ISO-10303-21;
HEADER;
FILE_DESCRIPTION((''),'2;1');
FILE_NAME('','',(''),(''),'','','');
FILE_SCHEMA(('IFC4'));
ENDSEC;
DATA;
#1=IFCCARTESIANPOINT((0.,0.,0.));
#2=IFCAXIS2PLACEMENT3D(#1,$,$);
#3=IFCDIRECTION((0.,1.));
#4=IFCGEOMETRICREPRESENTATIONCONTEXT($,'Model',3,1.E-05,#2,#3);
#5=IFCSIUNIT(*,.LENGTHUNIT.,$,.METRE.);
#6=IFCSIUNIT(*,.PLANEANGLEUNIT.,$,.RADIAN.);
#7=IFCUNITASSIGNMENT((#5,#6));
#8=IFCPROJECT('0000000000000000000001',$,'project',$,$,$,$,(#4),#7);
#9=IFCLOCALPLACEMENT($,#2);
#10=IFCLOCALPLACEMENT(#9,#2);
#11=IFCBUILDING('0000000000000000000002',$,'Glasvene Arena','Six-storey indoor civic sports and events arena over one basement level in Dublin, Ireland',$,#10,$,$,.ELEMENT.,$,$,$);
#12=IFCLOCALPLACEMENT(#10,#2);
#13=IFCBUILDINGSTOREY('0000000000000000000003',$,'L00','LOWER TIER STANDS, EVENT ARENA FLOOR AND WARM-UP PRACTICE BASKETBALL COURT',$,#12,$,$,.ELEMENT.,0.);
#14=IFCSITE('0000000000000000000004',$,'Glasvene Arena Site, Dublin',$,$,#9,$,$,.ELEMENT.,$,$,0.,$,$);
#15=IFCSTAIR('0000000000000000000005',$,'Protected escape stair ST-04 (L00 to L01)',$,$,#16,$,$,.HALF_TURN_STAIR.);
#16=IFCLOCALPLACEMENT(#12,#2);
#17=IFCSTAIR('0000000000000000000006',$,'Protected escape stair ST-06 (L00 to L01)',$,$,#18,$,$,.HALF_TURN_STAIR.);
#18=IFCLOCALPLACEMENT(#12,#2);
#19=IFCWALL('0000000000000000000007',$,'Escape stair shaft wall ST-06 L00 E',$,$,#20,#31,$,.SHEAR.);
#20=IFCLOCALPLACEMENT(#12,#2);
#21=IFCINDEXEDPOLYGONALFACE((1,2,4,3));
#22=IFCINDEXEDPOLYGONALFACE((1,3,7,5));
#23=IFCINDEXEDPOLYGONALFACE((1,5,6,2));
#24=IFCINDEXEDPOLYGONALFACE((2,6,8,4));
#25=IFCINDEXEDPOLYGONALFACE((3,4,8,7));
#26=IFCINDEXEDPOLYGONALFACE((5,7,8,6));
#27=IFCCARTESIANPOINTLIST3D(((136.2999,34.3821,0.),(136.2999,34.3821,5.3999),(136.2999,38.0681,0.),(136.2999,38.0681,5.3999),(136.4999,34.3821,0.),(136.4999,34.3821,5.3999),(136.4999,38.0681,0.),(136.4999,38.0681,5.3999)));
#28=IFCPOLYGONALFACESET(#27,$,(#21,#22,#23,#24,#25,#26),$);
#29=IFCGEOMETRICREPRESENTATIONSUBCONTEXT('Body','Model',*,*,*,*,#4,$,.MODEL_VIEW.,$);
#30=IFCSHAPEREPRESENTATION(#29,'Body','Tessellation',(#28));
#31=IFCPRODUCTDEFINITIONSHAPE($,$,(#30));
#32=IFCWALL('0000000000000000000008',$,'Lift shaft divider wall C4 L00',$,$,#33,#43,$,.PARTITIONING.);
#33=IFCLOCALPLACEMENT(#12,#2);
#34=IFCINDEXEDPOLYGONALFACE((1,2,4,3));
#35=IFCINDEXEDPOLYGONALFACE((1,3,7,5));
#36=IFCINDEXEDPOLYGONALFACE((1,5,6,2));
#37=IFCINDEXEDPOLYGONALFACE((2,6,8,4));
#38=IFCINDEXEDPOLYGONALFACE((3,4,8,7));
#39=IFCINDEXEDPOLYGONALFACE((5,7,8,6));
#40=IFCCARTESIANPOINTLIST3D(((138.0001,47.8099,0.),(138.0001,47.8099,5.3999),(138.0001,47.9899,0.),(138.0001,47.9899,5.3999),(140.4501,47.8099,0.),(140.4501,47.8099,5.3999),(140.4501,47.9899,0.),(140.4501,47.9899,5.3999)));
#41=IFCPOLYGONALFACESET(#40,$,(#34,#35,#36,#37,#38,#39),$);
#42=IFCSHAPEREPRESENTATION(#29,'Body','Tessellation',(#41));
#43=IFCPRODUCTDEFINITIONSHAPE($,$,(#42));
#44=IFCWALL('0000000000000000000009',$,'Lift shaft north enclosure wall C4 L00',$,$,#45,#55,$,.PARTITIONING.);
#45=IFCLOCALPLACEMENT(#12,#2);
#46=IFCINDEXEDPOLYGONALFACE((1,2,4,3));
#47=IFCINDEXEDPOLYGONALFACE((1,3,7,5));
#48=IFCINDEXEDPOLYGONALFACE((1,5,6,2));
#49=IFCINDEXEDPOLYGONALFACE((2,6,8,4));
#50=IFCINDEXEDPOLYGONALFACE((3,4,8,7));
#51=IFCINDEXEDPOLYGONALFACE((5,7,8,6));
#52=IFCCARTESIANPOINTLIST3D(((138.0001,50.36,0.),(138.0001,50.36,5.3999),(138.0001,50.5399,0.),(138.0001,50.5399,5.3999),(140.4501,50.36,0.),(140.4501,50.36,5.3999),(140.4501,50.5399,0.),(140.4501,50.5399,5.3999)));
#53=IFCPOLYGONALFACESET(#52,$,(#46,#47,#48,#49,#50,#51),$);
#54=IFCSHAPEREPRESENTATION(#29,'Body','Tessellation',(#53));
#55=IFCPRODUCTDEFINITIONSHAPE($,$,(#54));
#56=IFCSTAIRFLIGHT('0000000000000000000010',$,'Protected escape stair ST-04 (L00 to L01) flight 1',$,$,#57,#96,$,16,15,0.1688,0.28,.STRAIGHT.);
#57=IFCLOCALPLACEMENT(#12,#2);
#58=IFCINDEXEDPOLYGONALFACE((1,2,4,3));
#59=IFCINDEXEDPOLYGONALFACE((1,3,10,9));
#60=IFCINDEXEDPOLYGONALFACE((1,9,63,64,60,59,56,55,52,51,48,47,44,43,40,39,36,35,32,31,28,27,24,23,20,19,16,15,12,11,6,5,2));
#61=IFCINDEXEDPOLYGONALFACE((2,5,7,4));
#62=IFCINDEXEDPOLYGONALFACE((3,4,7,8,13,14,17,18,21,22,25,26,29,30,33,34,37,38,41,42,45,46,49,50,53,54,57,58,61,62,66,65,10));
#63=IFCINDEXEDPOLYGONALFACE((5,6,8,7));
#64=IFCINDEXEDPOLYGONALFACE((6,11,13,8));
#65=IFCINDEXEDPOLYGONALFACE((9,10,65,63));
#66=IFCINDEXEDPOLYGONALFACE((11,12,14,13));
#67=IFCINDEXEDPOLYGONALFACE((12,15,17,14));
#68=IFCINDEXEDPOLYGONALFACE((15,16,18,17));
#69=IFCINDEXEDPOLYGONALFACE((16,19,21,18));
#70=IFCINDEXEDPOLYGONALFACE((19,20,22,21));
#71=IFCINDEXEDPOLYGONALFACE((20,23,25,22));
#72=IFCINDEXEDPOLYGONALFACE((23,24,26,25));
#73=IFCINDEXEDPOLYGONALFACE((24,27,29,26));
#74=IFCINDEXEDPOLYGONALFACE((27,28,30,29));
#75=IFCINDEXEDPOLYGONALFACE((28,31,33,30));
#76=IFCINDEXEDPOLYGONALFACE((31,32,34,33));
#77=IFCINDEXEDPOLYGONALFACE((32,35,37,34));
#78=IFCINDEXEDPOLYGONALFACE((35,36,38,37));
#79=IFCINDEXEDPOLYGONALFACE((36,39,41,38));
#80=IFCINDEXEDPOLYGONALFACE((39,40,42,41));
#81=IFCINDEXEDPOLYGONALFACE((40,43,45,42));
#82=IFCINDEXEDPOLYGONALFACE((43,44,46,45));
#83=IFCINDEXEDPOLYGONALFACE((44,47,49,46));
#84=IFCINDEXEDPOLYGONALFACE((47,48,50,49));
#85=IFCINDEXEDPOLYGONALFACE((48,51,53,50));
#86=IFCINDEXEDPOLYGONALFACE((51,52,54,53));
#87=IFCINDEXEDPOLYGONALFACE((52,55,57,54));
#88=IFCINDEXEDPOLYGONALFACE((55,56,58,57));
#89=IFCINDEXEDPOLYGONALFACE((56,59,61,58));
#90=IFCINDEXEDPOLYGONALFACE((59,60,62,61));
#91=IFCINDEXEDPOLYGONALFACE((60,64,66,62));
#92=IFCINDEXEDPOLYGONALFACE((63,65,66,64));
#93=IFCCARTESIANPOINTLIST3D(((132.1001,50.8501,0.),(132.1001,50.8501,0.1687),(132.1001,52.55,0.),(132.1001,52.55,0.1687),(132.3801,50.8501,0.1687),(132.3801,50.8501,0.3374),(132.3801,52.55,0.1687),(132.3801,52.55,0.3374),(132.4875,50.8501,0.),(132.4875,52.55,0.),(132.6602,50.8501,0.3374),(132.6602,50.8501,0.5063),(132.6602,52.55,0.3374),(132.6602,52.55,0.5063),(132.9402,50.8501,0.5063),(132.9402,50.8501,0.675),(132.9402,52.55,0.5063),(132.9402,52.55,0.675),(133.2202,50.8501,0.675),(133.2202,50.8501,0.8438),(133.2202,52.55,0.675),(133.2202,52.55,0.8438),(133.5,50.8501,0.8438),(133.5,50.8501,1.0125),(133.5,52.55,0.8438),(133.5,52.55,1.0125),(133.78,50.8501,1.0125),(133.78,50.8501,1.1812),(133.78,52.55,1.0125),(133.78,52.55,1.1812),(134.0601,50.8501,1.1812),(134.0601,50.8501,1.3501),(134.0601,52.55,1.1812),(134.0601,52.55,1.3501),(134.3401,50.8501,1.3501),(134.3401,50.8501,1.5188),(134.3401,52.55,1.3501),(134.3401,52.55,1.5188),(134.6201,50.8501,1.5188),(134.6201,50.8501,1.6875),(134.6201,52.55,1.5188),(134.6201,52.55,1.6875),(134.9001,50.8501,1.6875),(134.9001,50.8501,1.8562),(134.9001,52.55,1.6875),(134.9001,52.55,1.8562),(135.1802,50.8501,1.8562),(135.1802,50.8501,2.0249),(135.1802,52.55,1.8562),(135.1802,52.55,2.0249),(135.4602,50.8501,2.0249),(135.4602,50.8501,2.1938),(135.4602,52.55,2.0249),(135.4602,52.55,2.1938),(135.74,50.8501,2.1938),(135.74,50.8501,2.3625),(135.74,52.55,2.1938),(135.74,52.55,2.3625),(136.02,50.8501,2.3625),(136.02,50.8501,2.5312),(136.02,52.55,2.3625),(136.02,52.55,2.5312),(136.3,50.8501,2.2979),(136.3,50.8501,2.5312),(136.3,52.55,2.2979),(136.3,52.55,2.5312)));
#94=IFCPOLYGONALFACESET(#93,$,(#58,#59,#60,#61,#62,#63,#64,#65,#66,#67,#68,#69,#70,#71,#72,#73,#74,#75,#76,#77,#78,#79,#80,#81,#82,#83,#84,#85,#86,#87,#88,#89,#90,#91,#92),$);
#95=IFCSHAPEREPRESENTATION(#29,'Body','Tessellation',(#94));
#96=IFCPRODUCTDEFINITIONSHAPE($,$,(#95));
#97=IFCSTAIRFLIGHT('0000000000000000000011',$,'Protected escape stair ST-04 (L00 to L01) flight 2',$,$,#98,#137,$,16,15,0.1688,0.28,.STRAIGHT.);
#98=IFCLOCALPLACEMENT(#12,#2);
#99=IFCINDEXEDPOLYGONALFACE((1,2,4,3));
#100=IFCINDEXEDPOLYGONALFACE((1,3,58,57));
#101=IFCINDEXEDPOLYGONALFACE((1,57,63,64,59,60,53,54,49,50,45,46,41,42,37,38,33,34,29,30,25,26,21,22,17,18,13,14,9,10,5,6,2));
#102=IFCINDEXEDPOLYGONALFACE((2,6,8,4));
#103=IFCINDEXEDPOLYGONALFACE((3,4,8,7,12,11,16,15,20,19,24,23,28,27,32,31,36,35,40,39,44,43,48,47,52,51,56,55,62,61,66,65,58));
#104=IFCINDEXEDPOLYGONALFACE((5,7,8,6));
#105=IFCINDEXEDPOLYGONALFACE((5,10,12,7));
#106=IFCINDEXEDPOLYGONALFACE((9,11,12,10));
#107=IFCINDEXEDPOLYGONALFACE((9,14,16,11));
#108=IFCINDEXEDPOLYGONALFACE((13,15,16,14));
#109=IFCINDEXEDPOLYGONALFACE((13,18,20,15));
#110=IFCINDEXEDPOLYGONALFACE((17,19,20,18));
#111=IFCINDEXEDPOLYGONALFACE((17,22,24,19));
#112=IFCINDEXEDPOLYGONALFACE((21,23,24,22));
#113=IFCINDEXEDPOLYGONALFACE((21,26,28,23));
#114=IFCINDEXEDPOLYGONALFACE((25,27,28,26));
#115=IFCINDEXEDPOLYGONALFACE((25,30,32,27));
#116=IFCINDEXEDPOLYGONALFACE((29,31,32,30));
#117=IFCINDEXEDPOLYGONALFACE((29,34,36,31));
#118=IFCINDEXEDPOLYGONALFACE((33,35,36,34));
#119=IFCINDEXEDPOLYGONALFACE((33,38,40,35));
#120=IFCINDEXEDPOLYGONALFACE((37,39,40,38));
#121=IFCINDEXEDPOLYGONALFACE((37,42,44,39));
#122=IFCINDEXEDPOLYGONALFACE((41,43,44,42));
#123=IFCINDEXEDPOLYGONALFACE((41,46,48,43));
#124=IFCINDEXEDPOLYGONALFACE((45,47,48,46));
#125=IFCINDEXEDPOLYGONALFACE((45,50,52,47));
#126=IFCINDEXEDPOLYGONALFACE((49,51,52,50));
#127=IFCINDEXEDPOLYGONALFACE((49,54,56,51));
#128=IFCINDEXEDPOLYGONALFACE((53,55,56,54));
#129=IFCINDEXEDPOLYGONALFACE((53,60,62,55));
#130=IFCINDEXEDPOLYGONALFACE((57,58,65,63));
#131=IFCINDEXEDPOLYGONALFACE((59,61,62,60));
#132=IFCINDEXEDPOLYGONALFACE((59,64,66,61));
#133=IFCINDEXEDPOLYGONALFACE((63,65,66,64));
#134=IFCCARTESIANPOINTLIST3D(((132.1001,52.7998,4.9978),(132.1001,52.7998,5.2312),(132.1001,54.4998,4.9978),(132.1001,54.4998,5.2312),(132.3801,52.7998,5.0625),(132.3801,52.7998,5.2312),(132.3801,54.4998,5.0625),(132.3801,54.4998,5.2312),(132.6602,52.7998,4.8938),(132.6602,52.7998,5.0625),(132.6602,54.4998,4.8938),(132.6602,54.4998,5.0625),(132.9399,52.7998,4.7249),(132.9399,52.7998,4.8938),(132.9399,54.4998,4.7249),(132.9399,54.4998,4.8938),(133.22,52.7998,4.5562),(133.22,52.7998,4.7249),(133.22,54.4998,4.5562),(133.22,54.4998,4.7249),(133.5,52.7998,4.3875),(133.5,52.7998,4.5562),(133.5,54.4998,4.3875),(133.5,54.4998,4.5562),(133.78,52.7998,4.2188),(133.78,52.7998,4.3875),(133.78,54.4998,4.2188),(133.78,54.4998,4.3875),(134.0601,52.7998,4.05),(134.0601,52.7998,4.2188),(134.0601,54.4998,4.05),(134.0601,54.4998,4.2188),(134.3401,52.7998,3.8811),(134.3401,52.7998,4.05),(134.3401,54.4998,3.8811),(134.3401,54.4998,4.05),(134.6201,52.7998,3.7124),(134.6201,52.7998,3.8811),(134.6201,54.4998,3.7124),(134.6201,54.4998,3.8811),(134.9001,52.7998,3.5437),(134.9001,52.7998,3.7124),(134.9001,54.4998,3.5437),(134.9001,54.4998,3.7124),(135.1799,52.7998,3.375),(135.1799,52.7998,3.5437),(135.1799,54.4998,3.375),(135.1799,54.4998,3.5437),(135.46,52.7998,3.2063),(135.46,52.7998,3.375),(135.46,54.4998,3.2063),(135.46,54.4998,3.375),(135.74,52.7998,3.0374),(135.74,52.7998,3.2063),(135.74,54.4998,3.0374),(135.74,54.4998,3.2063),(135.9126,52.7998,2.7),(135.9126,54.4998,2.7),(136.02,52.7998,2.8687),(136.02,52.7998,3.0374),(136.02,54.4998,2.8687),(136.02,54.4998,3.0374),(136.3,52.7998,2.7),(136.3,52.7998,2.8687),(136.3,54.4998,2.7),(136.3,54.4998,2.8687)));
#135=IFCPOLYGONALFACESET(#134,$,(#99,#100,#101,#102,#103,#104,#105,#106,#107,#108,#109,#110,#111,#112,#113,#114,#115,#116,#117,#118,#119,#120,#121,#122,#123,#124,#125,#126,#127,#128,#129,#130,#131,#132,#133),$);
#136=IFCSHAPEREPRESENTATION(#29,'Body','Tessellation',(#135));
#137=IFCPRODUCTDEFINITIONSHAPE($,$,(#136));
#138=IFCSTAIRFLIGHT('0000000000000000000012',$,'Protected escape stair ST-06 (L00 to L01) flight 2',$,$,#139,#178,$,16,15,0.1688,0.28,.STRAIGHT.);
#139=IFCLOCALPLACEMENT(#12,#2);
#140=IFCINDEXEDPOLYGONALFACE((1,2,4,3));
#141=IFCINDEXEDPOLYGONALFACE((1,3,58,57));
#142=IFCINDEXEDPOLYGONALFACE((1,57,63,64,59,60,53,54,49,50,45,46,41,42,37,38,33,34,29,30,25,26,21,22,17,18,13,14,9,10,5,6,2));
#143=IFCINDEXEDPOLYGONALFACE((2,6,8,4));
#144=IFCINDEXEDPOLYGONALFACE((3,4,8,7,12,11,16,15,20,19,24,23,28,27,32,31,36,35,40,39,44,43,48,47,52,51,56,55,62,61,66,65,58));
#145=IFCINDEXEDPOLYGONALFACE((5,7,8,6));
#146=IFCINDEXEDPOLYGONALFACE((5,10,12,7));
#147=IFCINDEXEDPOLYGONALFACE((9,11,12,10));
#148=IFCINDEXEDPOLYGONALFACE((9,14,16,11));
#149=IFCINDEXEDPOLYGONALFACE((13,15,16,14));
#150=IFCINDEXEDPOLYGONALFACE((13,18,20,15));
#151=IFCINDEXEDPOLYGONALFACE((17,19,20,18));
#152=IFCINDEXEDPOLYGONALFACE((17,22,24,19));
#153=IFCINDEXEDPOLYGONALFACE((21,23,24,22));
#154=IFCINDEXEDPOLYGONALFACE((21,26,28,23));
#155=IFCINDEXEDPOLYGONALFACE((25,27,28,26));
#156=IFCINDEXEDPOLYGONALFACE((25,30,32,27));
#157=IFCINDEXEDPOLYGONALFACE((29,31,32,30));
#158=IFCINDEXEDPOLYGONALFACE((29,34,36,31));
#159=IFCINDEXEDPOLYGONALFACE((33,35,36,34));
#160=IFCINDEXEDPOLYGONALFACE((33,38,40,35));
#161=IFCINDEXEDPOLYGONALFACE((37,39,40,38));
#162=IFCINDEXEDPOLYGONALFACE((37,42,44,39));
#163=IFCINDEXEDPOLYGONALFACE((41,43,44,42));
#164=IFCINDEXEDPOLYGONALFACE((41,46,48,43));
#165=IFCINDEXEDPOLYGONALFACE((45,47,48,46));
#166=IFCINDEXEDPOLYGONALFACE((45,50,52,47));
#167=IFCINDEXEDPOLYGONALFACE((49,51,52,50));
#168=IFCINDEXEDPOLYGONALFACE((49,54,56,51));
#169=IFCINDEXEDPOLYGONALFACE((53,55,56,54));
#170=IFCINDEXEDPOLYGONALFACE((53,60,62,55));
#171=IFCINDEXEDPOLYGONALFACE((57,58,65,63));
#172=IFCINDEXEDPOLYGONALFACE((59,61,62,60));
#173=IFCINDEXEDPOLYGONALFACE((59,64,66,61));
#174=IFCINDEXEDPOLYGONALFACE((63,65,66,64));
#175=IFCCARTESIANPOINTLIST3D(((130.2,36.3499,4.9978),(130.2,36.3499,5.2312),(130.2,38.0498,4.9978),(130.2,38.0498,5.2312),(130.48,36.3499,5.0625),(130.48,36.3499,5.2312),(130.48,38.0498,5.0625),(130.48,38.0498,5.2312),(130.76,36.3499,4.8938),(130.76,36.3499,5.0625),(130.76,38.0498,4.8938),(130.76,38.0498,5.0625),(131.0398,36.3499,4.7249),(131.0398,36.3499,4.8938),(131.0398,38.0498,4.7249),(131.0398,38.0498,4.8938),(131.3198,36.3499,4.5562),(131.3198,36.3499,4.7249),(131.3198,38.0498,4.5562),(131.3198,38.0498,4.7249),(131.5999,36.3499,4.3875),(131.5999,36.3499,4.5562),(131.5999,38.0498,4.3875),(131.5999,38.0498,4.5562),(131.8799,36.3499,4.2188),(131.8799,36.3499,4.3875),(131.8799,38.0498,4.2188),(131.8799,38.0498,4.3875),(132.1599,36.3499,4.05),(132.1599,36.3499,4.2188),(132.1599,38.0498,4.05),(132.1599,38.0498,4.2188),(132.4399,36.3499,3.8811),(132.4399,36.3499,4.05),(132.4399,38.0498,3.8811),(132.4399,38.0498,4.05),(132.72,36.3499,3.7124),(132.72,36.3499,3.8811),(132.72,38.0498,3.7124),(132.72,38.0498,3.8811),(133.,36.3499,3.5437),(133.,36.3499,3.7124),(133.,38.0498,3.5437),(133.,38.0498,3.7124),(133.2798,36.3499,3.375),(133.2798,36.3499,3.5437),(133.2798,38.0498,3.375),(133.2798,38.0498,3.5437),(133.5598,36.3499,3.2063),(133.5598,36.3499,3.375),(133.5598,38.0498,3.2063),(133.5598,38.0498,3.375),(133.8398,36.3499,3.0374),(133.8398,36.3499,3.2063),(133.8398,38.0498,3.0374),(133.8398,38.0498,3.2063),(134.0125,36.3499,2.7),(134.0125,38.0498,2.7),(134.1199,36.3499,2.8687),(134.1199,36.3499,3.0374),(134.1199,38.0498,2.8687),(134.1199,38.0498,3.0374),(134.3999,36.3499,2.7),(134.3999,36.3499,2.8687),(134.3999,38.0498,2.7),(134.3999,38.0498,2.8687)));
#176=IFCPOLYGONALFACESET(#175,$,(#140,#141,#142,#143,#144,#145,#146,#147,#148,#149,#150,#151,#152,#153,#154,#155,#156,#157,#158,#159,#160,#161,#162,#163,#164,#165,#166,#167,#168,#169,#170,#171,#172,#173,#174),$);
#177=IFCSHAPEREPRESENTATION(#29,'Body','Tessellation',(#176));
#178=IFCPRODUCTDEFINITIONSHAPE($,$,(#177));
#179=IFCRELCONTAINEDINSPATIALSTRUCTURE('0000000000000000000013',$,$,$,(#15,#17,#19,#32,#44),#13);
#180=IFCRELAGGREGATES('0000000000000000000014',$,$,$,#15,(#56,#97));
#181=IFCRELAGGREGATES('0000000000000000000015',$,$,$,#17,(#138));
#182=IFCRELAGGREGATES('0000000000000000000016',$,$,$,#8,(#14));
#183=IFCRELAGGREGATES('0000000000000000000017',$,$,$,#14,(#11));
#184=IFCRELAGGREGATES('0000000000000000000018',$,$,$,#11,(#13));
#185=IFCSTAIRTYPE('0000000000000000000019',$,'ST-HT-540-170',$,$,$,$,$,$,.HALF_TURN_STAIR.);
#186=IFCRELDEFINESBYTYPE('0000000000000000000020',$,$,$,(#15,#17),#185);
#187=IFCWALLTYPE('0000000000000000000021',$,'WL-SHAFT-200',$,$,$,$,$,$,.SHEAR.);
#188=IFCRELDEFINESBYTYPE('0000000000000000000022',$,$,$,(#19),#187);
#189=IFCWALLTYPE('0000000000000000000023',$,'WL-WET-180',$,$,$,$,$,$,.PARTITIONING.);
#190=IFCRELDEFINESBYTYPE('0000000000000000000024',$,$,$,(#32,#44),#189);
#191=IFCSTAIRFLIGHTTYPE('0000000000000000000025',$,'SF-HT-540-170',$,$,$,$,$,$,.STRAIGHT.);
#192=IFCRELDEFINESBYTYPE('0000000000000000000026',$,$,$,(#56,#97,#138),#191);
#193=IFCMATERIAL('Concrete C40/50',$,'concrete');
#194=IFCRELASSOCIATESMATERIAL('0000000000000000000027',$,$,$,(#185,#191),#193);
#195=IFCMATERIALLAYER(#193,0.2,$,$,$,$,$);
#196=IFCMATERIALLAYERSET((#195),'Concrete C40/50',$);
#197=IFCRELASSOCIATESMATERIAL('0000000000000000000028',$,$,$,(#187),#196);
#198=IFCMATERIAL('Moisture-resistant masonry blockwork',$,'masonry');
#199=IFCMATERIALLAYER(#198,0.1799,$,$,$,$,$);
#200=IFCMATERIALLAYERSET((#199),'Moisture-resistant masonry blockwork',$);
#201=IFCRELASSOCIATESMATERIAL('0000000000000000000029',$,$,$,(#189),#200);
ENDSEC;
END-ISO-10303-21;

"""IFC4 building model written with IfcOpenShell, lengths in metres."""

from ifc_helpers import new_model, si_unit, direction, frame, frame_2d, origin, place, context, subcontext, project, spatial, polyline, rectangle, outline, extrude, material, layer, layer_set, type_object, element, aggregate, save


model = new_model("IFC4")

# Units and contexts
model_context = context("Model", 3, precision=1e-05, world=origin(), true_north=direction((0.0, 1.0)))
body_context = subcontext(model_context, "Body", "Model", "MODEL_VIEW")
ifc_project = project(units=[si_unit("LENGTHUNIT", "METRE"), si_unit("PLANEANGLEUNIT", "RADIAN")], contexts=[model_context])

# Site, building, storey
site_placement = place(None, origin())
site = spatial("IfcSite", under=ifc_project, at=site_placement, Name="Glasvene Arena Site, Dublin", CompositionType="ELEMENT", RefElevation=0.0)
building_placement = place(site_placement, origin())
building = spatial("IfcBuilding", under=site, at=building_placement, Name="Glasvene Arena", Description="Six-storey indoor civic sports and events arena over one basement level in Dublin, Ireland", CompositionType="ELEMENT")
storey_placement = place(building_placement, origin())
storey = spatial("IfcBuildingStorey", under=building, at=storey_placement, Name="L00", Description="LOWER TIER STANDS, EVENT ARENA FLOOR AND WARM-UP PRACTICE BASKETBALL COURT", CompositionType="ELEMENT", Elevation=0.0)

# Shared definitions
ifc_material_1 = material(Name="Concrete C40/50", Category="concrete")

# Stairs
stair_type_1 = type_object("IfcStairType", Name="ST-HT-540-170", PredefinedType="HALF_TURN_STAIR", material=ifc_material_1)
stair_1_placement = place(storey_placement, origin())
stair_1 = element("IfcStair", 1, at=stair_1_placement, inside=storey, type_object=stair_type_1, Name="Protected escape stair ST-04 (L00 to L01)", PredefinedType="HALF_TURN_STAIR")
stair_2_placement = place(storey_placement, origin())
stair_2 = element("IfcStair", 2, at=stair_2_placement, inside=storey, type_object=stair_type_1, Name="Protected escape stair ST-06 (L00 to L01)", PredefinedType="HALF_TURN_STAIR")

# Shared definitions
ifc_layer_1 = layer(ifc_material_1, 0.2)
ifc_layer_set_1 = layer_set([ifc_layer_1], Name="Concrete C40/50")
wall_type_1 = type_object("IfcWallType", Name="WL-SHAFT-200", PredefinedType="SHEAR", material=ifc_layer_set_1)

# Walls
wall_1_placement = place(storey_placement, frame((136.3999, 34.3821, 0.0), z_axis=(0.0, 0.0, 1.0), x_axis=(0.0, 1.0, 0.0)))
element("IfcWall", 3, at=wall_1_placement, inside=storey, type_object=wall_type_1, Name="Escape stair shaft wall ST-06 L00 E", PredefinedType="SHEAR", context=body_context, shape_type="SweptSolid", body=[
    extrude(rectangle(XDim=3.686, YDim=0.2, at=frame_2d((1.843, 0.0))), origin(), (0.0, 0.0, 1.0), 5.3999),
])
ifc_material_2 = material(Name="Moisture-resistant masonry blockwork", Category="masonry")
ifc_layer_2 = layer(ifc_material_2, 0.1799)
ifc_layer_set_2 = layer_set([ifc_layer_2], Name="Moisture-resistant masonry blockwork")
wall_type_2 = type_object("IfcWallType", Name="WL-WET-180", PredefinedType="PARTITIONING", material=ifc_layer_set_2)
for number, where, z_axis, x_axis, name in (
    (4, (138.0, 47.8999, 0.0), (0.0, 0.0, 1.0), (1.0, 0.0, 0.0), "Lift shaft divider wall C4 L00"),
    (5, (138.0, 50.45, 0.0), (0.0, 0.0, 1.0), (1.0, 0.0, 0.0), "Lift shaft north enclosure wall C4 L00"),
):
    element("IfcWall", number, at=place(storey_placement, frame(where, z_axis=z_axis, x_axis=x_axis)), inside=storey, type_object=wall_type_2, Name=name, PredefinedType="PARTITIONING", context=body_context, shape_type="SweptSolid", body=[
        extrude(rectangle(XDim=2.45, YDim=0.1799, at=frame_2d((1.2251, 0.0))), origin(), (0.0, 0.0, 1.0), 5.3999),
    ])

# Stair flights
stair_flight_type_1 = type_object("IfcStairFlightType", Name="SF-HT-540-170", PredefinedType="STRAIGHT", material=ifc_material_1)
stair_flight_1_placement = place(storey_placement, frame((132.1001, 51.7, 0.0), z_axis=(0.0, 0.0, 1.0), x_axis=(1.0, 0.0, 0.0)))
stair_flight_1 = element("IfcStairFlight", 6, at=stair_flight_1_placement, type_object=stair_flight_type_1, Name="Protected escape stair ST-04 (L00 to L01) flight 1", NumberOfRisers=16, NumberOfTreads=15, PredefinedType="STRAIGHT", RiserHeight=0.1688, TreadLength=0.28, context=body_context, shape_type="SweptSolid", body=[
    extrude(outline(polyline([(0.0, 0.0), (0.0, 0.1687), (0.28, 0.1687), (0.28, 0.3374), (0.5601, 0.3374), (0.5601, 0.5063), (0.8401, 0.5063), (0.8401, 0.675), (1.1201, 0.675), (1.1201, 0.8438), (1.3999, 0.8438), (1.3999, 1.0125), (1.6799, 1.0125), (1.6799, 1.1812), (1.96, 1.1812), (1.96, 1.3501), (2.24, 1.3501), (2.24, 1.5188), (2.52, 1.5188), (2.52, 1.6875), (2.8, 1.6875), (2.8, 1.8562), (3.0801, 1.8562), (3.0801, 2.0249), (3.3601, 2.0249), (3.3601, 2.1938), (3.6399, 2.1938), (3.6399, 2.3625), (3.9199, 2.3625), (3.9199, 2.5312), (4.2, 2.5312), (4.2, 2.7), (4.2, 2.2979), (0.3875, 0.0), (0.0, 0.0)])), frame((0.0, 0.8501, 0.0), z_axis=(0.0, -1.0, 0.0), x_axis=(1.0, 0.0, 0.0)), (0.0, 0.0, 1.0), 1.7),
])
stair_flight_2_placement = place(storey_placement, frame((136.3, 53.6499, 2.7), z_axis=(0.0, 0.0, 1.0), x_axis=(-1.0, 0.0, 0.0)))
stair_flight_2 = element("IfcStairFlight", 7, at=stair_flight_2_placement, type_object=stair_flight_type_1, Name="Protected escape stair ST-04 (L00 to L01) flight 2", NumberOfRisers=16, NumberOfTreads=15, PredefinedType="STRAIGHT", RiserHeight=0.1688, TreadLength=0.28, context=body_context, shape_type="SweptSolid", body=[
    extrude(outline(polyline([(0.0, 0.0), (0.0, 0.1687), (0.28, 0.1687), (0.28, 0.3374), (0.5601, 0.3374), (0.5601, 0.5063), (0.8401, 0.5063), (0.8401, 0.675), (1.1201, 0.675), (1.1201, 0.8438), (1.3999, 0.8438), (1.3999, 1.0125), (1.6799, 1.0125), (1.6799, 1.1812), (1.96, 1.1812), (1.96, 1.3501), (2.24, 1.3501), (2.24, 1.5188), (2.52, 1.5188), (2.52, 1.6875), (2.8, 1.6875), (2.8, 1.8562), (3.0801, 1.8562), (3.0801, 2.0249), (3.3601, 2.0249), (3.3601, 2.1938), (3.6399, 2.1938), (3.6399, 2.3625), (3.9199, 2.3625), (3.9199, 2.5312), (4.2, 2.5312), (4.2, 2.7), (4.2, 2.2979), (0.3875, 0.0), (0.0, 0.0)])), frame((0.0, 0.8501, 0.0), z_axis=(0.0, -1.0, 0.0), x_axis=(1.0, 0.0, 0.0)), (0.0, 0.0, 1.0), 1.7),
])
aggregate(stair_1, [stair_flight_1, stair_flight_2])
stair_flight_3_placement = place(storey_placement, frame((134.3999, 37.2, 2.7), z_axis=(0.0, 0.0, 1.0), x_axis=(-1.0, 0.0, 0.0)))
stair_flight_3 = element("IfcStairFlight", 8, at=stair_flight_3_placement, type_object=stair_flight_type_1, Name="Protected escape stair ST-06 (L00 to L01) flight 2", NumberOfRisers=16, NumberOfTreads=15, PredefinedType="STRAIGHT", RiserHeight=0.1688, TreadLength=0.28, context=body_context, shape_type="SweptSolid", body=[
    extrude(outline(polyline([(0.0, 0.0), (0.0, 0.1687), (0.28, 0.1687), (0.28, 0.3374), (0.5601, 0.3374), (0.5601, 0.5063), (0.8401, 0.5063), (0.8401, 0.675), (1.1201, 0.675), (1.1201, 0.8438), (1.3999, 0.8438), (1.3999, 1.0125), (1.6799, 1.0125), (1.6799, 1.1812), (1.96, 1.1812), (1.96, 1.3501), (2.24, 1.3501), (2.24, 1.5188), (2.52, 1.5188), (2.52, 1.6875), (2.8, 1.6875), (2.8, 1.8562), (3.0801, 1.8562), (3.0801, 2.0249), (3.3601, 2.0249), (3.3601, 2.1938), (3.6399, 2.1938), (3.6399, 2.3625), (3.9199, 2.3625), (3.9199, 2.5312), (4.2, 2.5312), (4.2, 2.7), (4.2, 2.2979), (0.3875, 0.0), (0.0, 0.0)])), frame((0.0, 0.8501, 0.0), z_axis=(0.0, -1.0, 0.0), x_axis=(1.0, 0.0, 0.0)), (0.0, 0.0, 1.0), 1.7),
])
aggregate(stair_2, [stair_flight_3])

save(model, "model.ifc")
